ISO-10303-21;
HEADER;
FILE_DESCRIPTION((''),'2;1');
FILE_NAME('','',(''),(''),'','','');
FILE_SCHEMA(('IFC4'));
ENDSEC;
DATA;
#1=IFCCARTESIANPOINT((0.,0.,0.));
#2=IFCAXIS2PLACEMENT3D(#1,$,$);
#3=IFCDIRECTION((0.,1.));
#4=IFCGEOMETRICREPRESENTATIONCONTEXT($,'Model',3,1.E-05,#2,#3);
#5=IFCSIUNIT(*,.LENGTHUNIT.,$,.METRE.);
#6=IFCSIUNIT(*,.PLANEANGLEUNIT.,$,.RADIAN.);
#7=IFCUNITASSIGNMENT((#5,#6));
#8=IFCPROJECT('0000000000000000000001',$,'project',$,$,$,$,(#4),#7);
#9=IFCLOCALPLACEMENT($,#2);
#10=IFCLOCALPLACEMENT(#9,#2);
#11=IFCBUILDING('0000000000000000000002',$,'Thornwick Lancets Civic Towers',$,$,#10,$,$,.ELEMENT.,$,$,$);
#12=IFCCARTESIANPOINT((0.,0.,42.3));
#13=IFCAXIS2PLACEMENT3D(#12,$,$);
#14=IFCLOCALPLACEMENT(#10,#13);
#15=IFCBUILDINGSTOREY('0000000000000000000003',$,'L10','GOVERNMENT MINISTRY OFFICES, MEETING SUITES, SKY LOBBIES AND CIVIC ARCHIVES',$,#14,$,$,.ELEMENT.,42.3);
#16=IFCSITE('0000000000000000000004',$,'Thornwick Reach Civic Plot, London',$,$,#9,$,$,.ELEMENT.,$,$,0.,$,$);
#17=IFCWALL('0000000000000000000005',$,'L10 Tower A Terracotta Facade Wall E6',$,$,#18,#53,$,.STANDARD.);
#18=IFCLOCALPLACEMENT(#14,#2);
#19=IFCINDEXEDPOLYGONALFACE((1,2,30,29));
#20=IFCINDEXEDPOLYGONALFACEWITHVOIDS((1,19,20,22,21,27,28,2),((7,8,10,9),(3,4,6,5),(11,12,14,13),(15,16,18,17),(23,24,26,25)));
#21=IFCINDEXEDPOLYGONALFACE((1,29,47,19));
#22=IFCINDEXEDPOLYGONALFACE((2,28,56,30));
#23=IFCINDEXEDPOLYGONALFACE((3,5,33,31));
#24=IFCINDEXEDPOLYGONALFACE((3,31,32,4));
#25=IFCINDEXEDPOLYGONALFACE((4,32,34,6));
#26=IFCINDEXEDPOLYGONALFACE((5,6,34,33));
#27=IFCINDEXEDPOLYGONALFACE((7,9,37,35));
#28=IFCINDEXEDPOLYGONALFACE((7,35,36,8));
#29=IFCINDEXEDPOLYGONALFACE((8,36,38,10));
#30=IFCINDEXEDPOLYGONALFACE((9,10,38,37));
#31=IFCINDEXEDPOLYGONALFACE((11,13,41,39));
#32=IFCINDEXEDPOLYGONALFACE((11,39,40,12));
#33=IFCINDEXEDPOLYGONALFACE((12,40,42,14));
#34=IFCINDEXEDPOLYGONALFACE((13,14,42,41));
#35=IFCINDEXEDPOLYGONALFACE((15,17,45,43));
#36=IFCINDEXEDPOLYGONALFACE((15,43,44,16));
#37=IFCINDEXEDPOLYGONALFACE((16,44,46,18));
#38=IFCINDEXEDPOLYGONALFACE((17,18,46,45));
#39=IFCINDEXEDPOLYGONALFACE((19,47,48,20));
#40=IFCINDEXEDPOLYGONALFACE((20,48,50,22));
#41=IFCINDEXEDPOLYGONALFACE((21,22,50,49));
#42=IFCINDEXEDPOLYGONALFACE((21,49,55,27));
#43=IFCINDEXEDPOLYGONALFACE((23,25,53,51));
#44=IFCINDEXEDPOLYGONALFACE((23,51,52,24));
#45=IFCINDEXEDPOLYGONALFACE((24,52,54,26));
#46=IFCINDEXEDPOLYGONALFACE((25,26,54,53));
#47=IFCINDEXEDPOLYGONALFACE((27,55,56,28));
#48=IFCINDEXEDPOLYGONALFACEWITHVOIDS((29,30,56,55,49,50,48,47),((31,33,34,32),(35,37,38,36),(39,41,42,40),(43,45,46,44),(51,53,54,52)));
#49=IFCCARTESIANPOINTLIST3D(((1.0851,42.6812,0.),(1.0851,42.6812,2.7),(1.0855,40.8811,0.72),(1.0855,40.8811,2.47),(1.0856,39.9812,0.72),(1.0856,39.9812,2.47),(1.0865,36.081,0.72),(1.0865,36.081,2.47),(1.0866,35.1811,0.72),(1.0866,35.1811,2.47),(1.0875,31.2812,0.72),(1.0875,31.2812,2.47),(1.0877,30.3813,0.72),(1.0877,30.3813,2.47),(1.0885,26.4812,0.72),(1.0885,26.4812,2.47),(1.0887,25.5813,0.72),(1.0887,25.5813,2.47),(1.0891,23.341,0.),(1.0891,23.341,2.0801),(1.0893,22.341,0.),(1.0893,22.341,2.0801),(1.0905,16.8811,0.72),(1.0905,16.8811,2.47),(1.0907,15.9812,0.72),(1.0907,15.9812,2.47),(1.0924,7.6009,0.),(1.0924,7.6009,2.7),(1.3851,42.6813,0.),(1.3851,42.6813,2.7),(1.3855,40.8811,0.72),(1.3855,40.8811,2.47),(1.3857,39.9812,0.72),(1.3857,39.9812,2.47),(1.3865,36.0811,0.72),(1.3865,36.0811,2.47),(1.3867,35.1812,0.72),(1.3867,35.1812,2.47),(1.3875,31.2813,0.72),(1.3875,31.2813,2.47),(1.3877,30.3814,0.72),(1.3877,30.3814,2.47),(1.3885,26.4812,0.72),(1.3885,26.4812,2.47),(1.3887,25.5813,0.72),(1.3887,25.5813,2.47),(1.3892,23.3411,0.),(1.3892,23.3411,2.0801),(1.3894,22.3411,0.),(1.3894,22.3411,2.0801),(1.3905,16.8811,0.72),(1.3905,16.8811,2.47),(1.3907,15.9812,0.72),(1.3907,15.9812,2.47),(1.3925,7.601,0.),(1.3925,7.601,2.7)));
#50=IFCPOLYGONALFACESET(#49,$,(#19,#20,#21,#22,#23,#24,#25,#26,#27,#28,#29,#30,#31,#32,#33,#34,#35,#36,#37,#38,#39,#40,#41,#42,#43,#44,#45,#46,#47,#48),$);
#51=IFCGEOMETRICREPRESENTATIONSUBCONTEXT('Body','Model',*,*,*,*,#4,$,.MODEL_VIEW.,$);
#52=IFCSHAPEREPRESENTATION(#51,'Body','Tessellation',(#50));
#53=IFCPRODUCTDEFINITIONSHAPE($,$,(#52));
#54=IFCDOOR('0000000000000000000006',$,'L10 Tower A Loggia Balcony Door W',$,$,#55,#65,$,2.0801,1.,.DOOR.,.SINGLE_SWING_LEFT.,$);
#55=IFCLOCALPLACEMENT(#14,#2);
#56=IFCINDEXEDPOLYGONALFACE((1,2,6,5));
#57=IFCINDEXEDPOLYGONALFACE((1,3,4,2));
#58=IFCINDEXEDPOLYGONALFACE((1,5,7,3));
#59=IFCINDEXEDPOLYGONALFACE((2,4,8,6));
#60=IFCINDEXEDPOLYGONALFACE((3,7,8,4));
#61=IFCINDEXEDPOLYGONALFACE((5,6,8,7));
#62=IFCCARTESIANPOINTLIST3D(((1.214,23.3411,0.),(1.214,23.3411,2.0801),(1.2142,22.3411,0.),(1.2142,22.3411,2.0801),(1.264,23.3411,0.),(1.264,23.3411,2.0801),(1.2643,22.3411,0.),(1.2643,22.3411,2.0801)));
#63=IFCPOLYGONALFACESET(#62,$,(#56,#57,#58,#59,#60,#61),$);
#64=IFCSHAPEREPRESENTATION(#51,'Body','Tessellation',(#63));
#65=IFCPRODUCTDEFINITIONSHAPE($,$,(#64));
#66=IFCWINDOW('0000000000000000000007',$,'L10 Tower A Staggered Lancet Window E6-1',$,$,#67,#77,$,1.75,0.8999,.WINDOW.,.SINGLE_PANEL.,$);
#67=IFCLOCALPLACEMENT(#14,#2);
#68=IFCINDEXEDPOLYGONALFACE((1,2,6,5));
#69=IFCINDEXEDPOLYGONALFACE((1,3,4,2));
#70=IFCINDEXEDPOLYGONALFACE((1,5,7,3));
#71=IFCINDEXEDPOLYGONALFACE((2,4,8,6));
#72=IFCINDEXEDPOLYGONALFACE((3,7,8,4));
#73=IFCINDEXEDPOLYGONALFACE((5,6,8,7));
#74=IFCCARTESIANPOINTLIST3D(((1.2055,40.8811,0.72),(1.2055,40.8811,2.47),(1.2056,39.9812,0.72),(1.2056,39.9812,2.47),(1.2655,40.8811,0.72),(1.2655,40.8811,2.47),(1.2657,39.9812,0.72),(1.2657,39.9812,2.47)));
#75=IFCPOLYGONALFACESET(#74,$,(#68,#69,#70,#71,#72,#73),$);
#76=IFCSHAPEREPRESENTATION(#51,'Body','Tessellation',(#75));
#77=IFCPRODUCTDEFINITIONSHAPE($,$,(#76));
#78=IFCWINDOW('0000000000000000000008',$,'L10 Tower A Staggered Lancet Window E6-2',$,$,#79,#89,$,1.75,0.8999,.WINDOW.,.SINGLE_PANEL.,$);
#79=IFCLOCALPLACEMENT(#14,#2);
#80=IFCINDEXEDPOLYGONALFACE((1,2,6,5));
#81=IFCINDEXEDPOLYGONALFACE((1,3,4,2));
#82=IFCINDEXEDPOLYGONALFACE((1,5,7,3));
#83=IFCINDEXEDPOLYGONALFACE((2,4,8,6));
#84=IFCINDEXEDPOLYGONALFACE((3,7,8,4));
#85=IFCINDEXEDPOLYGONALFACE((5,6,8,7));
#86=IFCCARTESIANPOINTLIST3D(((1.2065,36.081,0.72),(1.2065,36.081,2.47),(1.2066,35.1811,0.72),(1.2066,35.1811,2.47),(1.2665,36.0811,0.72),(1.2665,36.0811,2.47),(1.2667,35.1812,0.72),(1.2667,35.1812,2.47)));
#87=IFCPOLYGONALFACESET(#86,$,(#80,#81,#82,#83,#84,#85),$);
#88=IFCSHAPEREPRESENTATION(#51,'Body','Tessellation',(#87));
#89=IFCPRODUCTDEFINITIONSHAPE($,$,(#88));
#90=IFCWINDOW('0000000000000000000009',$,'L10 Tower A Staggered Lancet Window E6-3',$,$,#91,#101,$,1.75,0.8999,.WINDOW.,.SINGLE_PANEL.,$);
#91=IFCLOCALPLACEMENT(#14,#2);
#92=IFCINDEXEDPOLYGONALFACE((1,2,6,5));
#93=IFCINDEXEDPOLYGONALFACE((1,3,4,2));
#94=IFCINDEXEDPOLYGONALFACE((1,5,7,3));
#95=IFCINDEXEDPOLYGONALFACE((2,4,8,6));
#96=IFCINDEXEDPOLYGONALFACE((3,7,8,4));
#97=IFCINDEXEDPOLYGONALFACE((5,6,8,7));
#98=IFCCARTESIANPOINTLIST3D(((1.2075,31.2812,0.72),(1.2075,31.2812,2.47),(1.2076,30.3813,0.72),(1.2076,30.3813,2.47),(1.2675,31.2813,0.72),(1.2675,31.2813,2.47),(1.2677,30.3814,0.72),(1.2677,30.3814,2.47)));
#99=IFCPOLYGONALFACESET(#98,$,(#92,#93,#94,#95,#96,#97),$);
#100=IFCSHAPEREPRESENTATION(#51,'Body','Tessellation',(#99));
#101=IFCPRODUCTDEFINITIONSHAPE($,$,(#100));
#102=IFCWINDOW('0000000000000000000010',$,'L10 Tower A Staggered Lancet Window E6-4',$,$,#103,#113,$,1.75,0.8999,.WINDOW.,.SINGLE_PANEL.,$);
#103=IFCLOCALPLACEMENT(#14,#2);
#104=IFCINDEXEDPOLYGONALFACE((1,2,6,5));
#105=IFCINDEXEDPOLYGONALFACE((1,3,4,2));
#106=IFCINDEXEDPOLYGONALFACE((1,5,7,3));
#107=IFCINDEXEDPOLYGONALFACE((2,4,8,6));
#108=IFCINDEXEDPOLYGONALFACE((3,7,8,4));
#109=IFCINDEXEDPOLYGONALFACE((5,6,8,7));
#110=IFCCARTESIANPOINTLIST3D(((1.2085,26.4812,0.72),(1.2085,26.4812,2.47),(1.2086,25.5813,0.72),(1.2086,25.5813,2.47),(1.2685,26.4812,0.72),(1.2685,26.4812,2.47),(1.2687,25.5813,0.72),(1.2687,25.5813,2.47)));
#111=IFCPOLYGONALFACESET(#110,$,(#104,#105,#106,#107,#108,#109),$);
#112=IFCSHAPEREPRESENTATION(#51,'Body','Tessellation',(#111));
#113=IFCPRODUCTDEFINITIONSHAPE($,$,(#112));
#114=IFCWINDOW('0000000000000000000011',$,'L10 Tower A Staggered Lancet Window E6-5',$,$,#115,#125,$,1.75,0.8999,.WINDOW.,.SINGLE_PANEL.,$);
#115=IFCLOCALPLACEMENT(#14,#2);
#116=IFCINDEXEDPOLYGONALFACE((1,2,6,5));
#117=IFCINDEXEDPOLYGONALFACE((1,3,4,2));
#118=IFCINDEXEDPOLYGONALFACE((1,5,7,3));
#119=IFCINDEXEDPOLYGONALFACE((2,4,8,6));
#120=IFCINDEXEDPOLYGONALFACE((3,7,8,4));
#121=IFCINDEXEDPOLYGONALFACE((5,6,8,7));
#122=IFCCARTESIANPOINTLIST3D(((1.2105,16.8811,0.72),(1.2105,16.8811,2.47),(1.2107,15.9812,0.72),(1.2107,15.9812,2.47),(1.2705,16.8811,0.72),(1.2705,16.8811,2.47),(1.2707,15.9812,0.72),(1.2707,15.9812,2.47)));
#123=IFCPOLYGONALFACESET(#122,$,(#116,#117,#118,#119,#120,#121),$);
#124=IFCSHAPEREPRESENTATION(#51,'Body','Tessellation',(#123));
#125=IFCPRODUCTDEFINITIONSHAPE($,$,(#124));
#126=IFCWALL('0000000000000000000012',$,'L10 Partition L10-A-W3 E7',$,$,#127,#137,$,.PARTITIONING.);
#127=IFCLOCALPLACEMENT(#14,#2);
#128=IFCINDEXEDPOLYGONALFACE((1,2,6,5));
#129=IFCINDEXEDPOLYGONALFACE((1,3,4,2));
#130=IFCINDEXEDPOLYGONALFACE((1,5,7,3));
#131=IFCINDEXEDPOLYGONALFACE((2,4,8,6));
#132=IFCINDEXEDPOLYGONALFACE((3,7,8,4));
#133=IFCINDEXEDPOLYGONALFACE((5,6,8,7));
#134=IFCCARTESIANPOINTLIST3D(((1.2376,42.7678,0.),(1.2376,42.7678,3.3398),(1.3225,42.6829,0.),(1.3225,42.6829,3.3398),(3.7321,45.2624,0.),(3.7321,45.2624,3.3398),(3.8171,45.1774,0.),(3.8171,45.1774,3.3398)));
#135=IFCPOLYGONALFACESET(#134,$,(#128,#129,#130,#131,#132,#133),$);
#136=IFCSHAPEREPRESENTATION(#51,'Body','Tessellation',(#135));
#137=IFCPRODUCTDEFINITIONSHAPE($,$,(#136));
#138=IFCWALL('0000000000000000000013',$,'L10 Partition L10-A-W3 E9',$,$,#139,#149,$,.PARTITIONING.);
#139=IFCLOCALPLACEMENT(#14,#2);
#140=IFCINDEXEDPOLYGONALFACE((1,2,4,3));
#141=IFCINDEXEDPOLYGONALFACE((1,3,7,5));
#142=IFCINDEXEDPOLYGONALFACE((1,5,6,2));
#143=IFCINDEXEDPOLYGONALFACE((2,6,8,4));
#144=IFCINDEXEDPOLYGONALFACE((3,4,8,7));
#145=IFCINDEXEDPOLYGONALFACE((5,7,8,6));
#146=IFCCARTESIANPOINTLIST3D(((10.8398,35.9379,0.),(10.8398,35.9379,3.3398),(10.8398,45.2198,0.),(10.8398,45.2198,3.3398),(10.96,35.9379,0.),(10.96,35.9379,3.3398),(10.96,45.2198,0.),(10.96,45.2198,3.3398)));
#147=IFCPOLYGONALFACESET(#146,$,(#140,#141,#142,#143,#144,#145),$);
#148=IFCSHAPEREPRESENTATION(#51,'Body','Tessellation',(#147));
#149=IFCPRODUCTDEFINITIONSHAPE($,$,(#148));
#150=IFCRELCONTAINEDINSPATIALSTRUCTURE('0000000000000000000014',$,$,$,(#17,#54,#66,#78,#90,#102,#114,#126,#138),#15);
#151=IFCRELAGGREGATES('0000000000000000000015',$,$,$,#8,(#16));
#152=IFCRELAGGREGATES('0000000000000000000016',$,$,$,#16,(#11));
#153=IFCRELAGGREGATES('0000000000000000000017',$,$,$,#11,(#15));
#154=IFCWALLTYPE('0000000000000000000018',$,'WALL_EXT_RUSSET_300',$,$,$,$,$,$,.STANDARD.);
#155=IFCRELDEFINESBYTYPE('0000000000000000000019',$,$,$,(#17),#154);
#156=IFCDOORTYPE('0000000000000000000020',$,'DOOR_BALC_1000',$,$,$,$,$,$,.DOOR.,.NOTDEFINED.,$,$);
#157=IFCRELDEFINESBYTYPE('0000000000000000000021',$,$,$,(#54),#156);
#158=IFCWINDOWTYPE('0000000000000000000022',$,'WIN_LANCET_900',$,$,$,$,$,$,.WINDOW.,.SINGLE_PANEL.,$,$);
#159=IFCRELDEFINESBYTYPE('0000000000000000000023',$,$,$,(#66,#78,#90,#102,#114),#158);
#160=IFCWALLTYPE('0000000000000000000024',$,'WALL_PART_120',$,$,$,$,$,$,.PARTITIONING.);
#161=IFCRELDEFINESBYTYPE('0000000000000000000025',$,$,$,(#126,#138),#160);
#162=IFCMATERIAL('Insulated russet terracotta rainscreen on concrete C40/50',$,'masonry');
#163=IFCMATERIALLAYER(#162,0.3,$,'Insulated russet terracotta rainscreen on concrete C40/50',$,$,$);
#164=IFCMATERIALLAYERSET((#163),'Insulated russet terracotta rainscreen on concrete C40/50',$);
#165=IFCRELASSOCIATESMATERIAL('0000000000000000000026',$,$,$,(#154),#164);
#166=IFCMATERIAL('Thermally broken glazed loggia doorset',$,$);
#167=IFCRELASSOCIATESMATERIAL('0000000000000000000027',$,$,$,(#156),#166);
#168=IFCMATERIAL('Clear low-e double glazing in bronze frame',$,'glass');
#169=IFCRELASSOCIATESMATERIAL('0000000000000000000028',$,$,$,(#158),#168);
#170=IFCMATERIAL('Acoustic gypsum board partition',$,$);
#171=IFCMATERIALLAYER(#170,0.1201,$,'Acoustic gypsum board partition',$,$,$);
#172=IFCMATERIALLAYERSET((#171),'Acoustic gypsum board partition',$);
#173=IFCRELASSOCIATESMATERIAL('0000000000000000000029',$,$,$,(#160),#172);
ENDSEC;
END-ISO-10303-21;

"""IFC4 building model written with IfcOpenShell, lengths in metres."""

from ifc_helpers import new_model, si_unit, direction, frame, frame_2d, origin, place, context, subcontext, project, spatial, rectangle, extrude, material, layer, layer_set, type_object, element, fill, save


model = new_model("IFC4")

# Units and contexts
model_context = context("Model", 3, precision=1e-05, world=origin(), true_north=direction((0.0, 1.0)))
body_context = subcontext(model_context, "Body", "Model", "MODEL_VIEW")
ifc_project = project(units=[si_unit("LENGTHUNIT", "METRE"), si_unit("PLANEANGLEUNIT", "RADIAN")], contexts=[model_context])

# Site, building, storey
site_placement = place(None, origin())
site = spatial("IfcSite", under=ifc_project, at=site_placement, Name="Thornwick Reach Civic Plot, London", CompositionType="ELEMENT", RefElevation=0.0)
building_placement = place(site_placement, origin())
building = spatial("IfcBuilding", under=site, at=building_placement, Name="Thornwick Lancets Civic Towers", CompositionType="ELEMENT")
storey_placement = place(building_placement, frame((0.0, 0.0, 42.3)))
storey = spatial("IfcBuildingStorey", under=building, at=storey_placement, Name="L10", Description="GOVERNMENT MINISTRY OFFICES, MEETING SUITES, SKY LOBBIES AND CIVIC ARCHIVES", CompositionType="ELEMENT", Elevation=42.3)

# Wall, openings, door, windows
ifc_material_1 = material(Name="Insulated russet terracotta rainscreen on concrete C40/50", Category="masonry")
ifc_layer_1 = layer(ifc_material_1, 0.3, Name="Insulated russet terracotta rainscreen on concrete C40/50")
ifc_layer_set_1 = layer_set([ifc_layer_1], Name="Insulated russet terracotta rainscreen on concrete C40/50")
wall_type_1 = type_object("IfcWallType", Name="WALL_EXT_RUSSET_300", PredefinedType="STANDARD", material=ifc_layer_set_1)
wall_1_placement = place(storey_placement, frame((1.2351, 42.6812, 0.0), z_axis=(0.0, 0.0, 1.0), x_axis=(0.000209, -1.0, 0.0)))
wall_1 = element("IfcWall", 1, at=wall_1_placement, inside=storey, type_object=wall_type_1, Name="L10 Tower A Terracotta Facade Wall E6", PredefinedType="STANDARD", context=body_context, shape_type="SweptSolid", body=[
    extrude(rectangle(XDim=35.0803, YDim=0.3, at=frame_2d((17.54, 0.0))), origin(), (0.0, 0.0, 1.0), 2.7),
])
opening_1_placement = place(wall_1_placement, frame((19.3401, 0.0, 0.0)))
opening_1 = element("IfcOpeningElement", 2, at=opening_1_placement, cuts=wall_1, PredefinedType="OPENING", context=body_context, shape_type="SweptSolid", body=[
    extrude(rectangle(XDim=1.0, YDim=2.0801, at=frame_2d((0.5, 1.04))), frame((0.0, 0.1602, 0.0), z_axis=(0.0, -1.0, 0.0), x_axis=(1.0, 0.0, 0.0)), (0.0, 0.0, 1.0), 0.3201),
])
opening_2_placement = place(wall_1_placement, frame((1.8, 0.0, 0.72)))
opening_2 = element("IfcOpeningElement", 3, at=opening_2_placement, cuts=wall_1, PredefinedType="OPENING", context=body_context, shape_type="SweptSolid", body=[
    extrude(rectangle(XDim=0.8999, YDim=1.75, at=frame_2d((0.45, 0.875))), frame((0.0, 0.1602, 0.0), z_axis=(0.0, -1.0, 0.0), x_axis=(1.0, 0.0, 0.0)), (0.0, 0.0, 1.0), 0.3201),
])
opening_3_placement = place(wall_1_placement, frame((6.6001, 0.0, 0.72)))
opening_3 = element("IfcOpeningElement", 4, at=opening_3_placement, cuts=wall_1, PredefinedType="OPENING", context=body_context, shape_type="SweptSolid", body=[
    extrude(rectangle(XDim=0.8999, YDim=1.75, at=frame_2d((0.45, 0.875))), frame((0.0, 0.1602, 0.0), z_axis=(0.0, -1.0, 0.0), x_axis=(1.0, 0.0, 0.0)), (0.0, 0.0, 1.0), 0.3201),
])
opening_4_placement = place(wall_1_placement, frame((11.3999, 0.0, 0.72)))
opening_4 = element("IfcOpeningElement", 5, at=opening_4_placement, cuts=wall_1, PredefinedType="OPENING", context=body_context, shape_type="SweptSolid", body=[
    extrude(rectangle(XDim=0.8999, YDim=1.75, at=frame_2d((0.45, 0.875))), frame((0.0, 0.1602, 0.0), z_axis=(0.0, -1.0, 0.0), x_axis=(1.0, 0.0, 0.0)), (0.0, 0.0, 1.0), 0.3201),
])
opening_5_placement = place(wall_1_placement, frame((16.2, 0.0, 0.72)))
opening_5 = element("IfcOpeningElement", 6, at=opening_5_placement, cuts=wall_1, PredefinedType="OPENING", context=body_context, shape_type="SweptSolid", body=[
    extrude(rectangle(XDim=0.8999, YDim=1.75, at=frame_2d((0.45, 0.875))), frame((0.0, 0.1602, 0.0), z_axis=(0.0, -1.0, 0.0), x_axis=(1.0, 0.0, 0.0)), (0.0, 0.0, 1.0), 0.3201),
])
opening_6_placement = place(wall_1_placement, frame((25.8, 0.0, 0.72)))
opening_6 = element("IfcOpeningElement", 7, at=opening_6_placement, cuts=wall_1, PredefinedType="OPENING", context=body_context, shape_type="SweptSolid", body=[
    extrude(rectangle(XDim=0.8999, YDim=1.75, at=frame_2d((0.45, 0.875))), frame((0.0, 0.1602, 0.0), z_axis=(0.0, -1.0, 0.0), x_axis=(1.0, 0.0, 0.0)), (0.0, 0.0, 1.0), 0.3201),
])
ifc_material_2 = material(Name="Thermally broken glazed loggia doorset")
door_type = type_object("IfcDoorType", Name="DOOR_BALC_1000", OperationType="NOTDEFINED", PredefinedType="DOOR", material=ifc_material_2)
door_placement = place(opening_1_placement, origin())
door = element("IfcDoor", 8, at=door_placement, inside=storey, type_object=door_type, Name="L10 Tower A Loggia Balcony Door W", OperationType="SINGLE_SWING_LEFT", OverallHeight=2.0801, OverallWidth=1.0, PredefinedType="DOOR", context=body_context, shape_type="SweptSolid", body=[
    extrude(rectangle(XDim=1.0, YDim=2.0801, at=frame_2d((0.5, 1.04))), frame((0.0, 0.0249, 0.0), z_axis=(0.0, -1.0, 0.0), x_axis=(1.0, 0.0, 0.0)), (0.0, 0.0, 1.0), 0.05),
])
fill(opening_1, door)
ifc_material_3 = material(Name="Clear low-e double glazing in bronze frame", Category="glass")
window_type = type_object("IfcWindowType", Name="WIN_LANCET_900", PartitioningType="SINGLE_PANEL", PredefinedType="WINDOW", material=ifc_material_3)
window_1_placement = place(opening_2_placement, origin())
window_1 = element("IfcWindow", 9, at=window_1_placement, inside=storey, type_object=window_type, Name="L10 Tower A Staggered Lancet Window E6-1", OverallHeight=1.75, OverallWidth=0.8999, PartitioningType="SINGLE_PANEL", PredefinedType="WINDOW", context=body_context, shape_type="SweptSolid", body=[
    extrude(rectangle(XDim=0.8999, YDim=1.75, at=frame_2d((0.45, 0.875))), frame((0.0, 0.03, 0.0), z_axis=(0.0, -1.0, 0.0), x_axis=(1.0, 0.0, 0.0)), (0.0, 0.0, 1.0), 0.0601),
])
fill(opening_2, window_1)
window_2_placement = place(opening_3_placement, origin())
window_2 = element("IfcWindow", 10, at=window_2_placement, inside=storey, type_object=window_type, Name="L10 Tower A Staggered Lancet Window E6-2", OverallHeight=1.75, OverallWidth=0.8999, PartitioningType="SINGLE_PANEL", PredefinedType="WINDOW", context=body_context, shape_type="SweptSolid", body=[
    extrude(rectangle(XDim=0.8999, YDim=1.75, at=frame_2d((0.45, 0.875))), frame((0.0, 0.03, 0.0), z_axis=(0.0, -1.0, 0.0), x_axis=(1.0, 0.0, 0.0)), (0.0, 0.0, 1.0), 0.0601),
])
fill(opening_3, window_2)
window_3_placement = place(opening_4_placement, origin())
window_3 = element("IfcWindow", 11, at=window_3_placement, inside=storey, type_object=window_type, Name="L10 Tower A Staggered Lancet Window E6-3", OverallHeight=1.75, OverallWidth=0.8999, PartitioningType="SINGLE_PANEL", PredefinedType="WINDOW", context=body_context, shape_type="SweptSolid", body=[
    extrude(rectangle(XDim=0.8999, YDim=1.75, at=frame_2d((0.45, 0.875))), frame((0.0, 0.03, 0.0), z_axis=(0.0, -1.0, 0.0), x_axis=(1.0, 0.0, 0.0)), (0.0, 0.0, 1.0), 0.0601),
])
fill(opening_4, window_3)
window_4_placement = place(opening_5_placement, origin())
window_4 = element("IfcWindow", 12, at=window_4_placement, inside=storey, type_object=window_type, Name="L10 Tower A Staggered Lancet Window E6-4", OverallHeight=1.75, OverallWidth=0.8999, PartitioningType="SINGLE_PANEL", PredefinedType="WINDOW", context=body_context, shape_type="SweptSolid", body=[
    extrude(rectangle(XDim=0.8999, YDim=1.75, at=frame_2d((0.45, 0.875))), frame((0.0, 0.03, 0.0), z_axis=(0.0, -1.0, 0.0), x_axis=(1.0, 0.0, 0.0)), (0.0, 0.0, 1.0), 0.0601),
])
fill(opening_5, window_4)
window_5_placement = place(opening_6_placement, origin())
window_5 = element("IfcWindow", 13, at=window_5_placement, inside=storey, type_object=window_type, Name="L10 Tower A Staggered Lancet Window E6-5", OverallHeight=1.75, OverallWidth=0.8999, PartitioningType="SINGLE_PANEL", PredefinedType="WINDOW", context=body_context, shape_type="SweptSolid", body=[
    extrude(rectangle(XDim=0.8999, YDim=1.75, at=frame_2d((0.45, 0.875))), frame((0.0, 0.03, 0.0), z_axis=(0.0, -1.0, 0.0), x_axis=(1.0, 0.0, 0.0)), (0.0, 0.0, 1.0), 0.0601),
])
fill(opening_6, window_5)

# Walls
ifc_material_4 = material(Name="Acoustic gypsum board partition")
ifc_layer_2 = layer(ifc_material_4, 0.1201, Name="Acoustic gypsum board partition")
ifc_layer_set_2 = layer_set([ifc_layer_2], Name="Acoustic gypsum board partition")
wall_type_2 = type_object("IfcWallType", Name="WALL_PART_120", PredefinedType="PARTITIONING", material=ifc_layer_set_2)
wall_2_placement = place(storey_placement, frame((1.28, 42.7253, 0.0), z_axis=(0.0, 0.0, 1.0), x_axis=(0.707107, 0.707107, 0.0)))
element("IfcWall", 14, at=wall_2_placement, inside=storey, type_object=wall_type_2, Name="L10 Partition L10-A-W3 E7", PredefinedType="PARTITIONING", context=body_context, shape_type="SweptSolid", body=[
    extrude(rectangle(XDim=3.5278, YDim=0.1201, at=frame_2d((1.7639, 0.0))), origin(), (0.0, 0.0, 1.0), 3.3398),
])
wall_3_placement = place(storey_placement, frame((10.8999, 45.22, 0.0), z_axis=(0.0, 0.0, 1.0), x_axis=(0.0, -1.0, 0.0)))
element("IfcWall", 15, at=wall_3_placement, inside=storey, type_object=wall_type_2, Name="L10 Partition L10-A-W3 E9", PredefinedType="PARTITIONING", context=body_context, shape_type="SweptSolid", body=[
    extrude(rectangle(XDim=9.282, YDim=0.1201, at=frame_2d((4.6411, 0.0))), origin(), (0.0, 0.0, 1.0), 3.3398),
])

save(model, "model.ifc")
